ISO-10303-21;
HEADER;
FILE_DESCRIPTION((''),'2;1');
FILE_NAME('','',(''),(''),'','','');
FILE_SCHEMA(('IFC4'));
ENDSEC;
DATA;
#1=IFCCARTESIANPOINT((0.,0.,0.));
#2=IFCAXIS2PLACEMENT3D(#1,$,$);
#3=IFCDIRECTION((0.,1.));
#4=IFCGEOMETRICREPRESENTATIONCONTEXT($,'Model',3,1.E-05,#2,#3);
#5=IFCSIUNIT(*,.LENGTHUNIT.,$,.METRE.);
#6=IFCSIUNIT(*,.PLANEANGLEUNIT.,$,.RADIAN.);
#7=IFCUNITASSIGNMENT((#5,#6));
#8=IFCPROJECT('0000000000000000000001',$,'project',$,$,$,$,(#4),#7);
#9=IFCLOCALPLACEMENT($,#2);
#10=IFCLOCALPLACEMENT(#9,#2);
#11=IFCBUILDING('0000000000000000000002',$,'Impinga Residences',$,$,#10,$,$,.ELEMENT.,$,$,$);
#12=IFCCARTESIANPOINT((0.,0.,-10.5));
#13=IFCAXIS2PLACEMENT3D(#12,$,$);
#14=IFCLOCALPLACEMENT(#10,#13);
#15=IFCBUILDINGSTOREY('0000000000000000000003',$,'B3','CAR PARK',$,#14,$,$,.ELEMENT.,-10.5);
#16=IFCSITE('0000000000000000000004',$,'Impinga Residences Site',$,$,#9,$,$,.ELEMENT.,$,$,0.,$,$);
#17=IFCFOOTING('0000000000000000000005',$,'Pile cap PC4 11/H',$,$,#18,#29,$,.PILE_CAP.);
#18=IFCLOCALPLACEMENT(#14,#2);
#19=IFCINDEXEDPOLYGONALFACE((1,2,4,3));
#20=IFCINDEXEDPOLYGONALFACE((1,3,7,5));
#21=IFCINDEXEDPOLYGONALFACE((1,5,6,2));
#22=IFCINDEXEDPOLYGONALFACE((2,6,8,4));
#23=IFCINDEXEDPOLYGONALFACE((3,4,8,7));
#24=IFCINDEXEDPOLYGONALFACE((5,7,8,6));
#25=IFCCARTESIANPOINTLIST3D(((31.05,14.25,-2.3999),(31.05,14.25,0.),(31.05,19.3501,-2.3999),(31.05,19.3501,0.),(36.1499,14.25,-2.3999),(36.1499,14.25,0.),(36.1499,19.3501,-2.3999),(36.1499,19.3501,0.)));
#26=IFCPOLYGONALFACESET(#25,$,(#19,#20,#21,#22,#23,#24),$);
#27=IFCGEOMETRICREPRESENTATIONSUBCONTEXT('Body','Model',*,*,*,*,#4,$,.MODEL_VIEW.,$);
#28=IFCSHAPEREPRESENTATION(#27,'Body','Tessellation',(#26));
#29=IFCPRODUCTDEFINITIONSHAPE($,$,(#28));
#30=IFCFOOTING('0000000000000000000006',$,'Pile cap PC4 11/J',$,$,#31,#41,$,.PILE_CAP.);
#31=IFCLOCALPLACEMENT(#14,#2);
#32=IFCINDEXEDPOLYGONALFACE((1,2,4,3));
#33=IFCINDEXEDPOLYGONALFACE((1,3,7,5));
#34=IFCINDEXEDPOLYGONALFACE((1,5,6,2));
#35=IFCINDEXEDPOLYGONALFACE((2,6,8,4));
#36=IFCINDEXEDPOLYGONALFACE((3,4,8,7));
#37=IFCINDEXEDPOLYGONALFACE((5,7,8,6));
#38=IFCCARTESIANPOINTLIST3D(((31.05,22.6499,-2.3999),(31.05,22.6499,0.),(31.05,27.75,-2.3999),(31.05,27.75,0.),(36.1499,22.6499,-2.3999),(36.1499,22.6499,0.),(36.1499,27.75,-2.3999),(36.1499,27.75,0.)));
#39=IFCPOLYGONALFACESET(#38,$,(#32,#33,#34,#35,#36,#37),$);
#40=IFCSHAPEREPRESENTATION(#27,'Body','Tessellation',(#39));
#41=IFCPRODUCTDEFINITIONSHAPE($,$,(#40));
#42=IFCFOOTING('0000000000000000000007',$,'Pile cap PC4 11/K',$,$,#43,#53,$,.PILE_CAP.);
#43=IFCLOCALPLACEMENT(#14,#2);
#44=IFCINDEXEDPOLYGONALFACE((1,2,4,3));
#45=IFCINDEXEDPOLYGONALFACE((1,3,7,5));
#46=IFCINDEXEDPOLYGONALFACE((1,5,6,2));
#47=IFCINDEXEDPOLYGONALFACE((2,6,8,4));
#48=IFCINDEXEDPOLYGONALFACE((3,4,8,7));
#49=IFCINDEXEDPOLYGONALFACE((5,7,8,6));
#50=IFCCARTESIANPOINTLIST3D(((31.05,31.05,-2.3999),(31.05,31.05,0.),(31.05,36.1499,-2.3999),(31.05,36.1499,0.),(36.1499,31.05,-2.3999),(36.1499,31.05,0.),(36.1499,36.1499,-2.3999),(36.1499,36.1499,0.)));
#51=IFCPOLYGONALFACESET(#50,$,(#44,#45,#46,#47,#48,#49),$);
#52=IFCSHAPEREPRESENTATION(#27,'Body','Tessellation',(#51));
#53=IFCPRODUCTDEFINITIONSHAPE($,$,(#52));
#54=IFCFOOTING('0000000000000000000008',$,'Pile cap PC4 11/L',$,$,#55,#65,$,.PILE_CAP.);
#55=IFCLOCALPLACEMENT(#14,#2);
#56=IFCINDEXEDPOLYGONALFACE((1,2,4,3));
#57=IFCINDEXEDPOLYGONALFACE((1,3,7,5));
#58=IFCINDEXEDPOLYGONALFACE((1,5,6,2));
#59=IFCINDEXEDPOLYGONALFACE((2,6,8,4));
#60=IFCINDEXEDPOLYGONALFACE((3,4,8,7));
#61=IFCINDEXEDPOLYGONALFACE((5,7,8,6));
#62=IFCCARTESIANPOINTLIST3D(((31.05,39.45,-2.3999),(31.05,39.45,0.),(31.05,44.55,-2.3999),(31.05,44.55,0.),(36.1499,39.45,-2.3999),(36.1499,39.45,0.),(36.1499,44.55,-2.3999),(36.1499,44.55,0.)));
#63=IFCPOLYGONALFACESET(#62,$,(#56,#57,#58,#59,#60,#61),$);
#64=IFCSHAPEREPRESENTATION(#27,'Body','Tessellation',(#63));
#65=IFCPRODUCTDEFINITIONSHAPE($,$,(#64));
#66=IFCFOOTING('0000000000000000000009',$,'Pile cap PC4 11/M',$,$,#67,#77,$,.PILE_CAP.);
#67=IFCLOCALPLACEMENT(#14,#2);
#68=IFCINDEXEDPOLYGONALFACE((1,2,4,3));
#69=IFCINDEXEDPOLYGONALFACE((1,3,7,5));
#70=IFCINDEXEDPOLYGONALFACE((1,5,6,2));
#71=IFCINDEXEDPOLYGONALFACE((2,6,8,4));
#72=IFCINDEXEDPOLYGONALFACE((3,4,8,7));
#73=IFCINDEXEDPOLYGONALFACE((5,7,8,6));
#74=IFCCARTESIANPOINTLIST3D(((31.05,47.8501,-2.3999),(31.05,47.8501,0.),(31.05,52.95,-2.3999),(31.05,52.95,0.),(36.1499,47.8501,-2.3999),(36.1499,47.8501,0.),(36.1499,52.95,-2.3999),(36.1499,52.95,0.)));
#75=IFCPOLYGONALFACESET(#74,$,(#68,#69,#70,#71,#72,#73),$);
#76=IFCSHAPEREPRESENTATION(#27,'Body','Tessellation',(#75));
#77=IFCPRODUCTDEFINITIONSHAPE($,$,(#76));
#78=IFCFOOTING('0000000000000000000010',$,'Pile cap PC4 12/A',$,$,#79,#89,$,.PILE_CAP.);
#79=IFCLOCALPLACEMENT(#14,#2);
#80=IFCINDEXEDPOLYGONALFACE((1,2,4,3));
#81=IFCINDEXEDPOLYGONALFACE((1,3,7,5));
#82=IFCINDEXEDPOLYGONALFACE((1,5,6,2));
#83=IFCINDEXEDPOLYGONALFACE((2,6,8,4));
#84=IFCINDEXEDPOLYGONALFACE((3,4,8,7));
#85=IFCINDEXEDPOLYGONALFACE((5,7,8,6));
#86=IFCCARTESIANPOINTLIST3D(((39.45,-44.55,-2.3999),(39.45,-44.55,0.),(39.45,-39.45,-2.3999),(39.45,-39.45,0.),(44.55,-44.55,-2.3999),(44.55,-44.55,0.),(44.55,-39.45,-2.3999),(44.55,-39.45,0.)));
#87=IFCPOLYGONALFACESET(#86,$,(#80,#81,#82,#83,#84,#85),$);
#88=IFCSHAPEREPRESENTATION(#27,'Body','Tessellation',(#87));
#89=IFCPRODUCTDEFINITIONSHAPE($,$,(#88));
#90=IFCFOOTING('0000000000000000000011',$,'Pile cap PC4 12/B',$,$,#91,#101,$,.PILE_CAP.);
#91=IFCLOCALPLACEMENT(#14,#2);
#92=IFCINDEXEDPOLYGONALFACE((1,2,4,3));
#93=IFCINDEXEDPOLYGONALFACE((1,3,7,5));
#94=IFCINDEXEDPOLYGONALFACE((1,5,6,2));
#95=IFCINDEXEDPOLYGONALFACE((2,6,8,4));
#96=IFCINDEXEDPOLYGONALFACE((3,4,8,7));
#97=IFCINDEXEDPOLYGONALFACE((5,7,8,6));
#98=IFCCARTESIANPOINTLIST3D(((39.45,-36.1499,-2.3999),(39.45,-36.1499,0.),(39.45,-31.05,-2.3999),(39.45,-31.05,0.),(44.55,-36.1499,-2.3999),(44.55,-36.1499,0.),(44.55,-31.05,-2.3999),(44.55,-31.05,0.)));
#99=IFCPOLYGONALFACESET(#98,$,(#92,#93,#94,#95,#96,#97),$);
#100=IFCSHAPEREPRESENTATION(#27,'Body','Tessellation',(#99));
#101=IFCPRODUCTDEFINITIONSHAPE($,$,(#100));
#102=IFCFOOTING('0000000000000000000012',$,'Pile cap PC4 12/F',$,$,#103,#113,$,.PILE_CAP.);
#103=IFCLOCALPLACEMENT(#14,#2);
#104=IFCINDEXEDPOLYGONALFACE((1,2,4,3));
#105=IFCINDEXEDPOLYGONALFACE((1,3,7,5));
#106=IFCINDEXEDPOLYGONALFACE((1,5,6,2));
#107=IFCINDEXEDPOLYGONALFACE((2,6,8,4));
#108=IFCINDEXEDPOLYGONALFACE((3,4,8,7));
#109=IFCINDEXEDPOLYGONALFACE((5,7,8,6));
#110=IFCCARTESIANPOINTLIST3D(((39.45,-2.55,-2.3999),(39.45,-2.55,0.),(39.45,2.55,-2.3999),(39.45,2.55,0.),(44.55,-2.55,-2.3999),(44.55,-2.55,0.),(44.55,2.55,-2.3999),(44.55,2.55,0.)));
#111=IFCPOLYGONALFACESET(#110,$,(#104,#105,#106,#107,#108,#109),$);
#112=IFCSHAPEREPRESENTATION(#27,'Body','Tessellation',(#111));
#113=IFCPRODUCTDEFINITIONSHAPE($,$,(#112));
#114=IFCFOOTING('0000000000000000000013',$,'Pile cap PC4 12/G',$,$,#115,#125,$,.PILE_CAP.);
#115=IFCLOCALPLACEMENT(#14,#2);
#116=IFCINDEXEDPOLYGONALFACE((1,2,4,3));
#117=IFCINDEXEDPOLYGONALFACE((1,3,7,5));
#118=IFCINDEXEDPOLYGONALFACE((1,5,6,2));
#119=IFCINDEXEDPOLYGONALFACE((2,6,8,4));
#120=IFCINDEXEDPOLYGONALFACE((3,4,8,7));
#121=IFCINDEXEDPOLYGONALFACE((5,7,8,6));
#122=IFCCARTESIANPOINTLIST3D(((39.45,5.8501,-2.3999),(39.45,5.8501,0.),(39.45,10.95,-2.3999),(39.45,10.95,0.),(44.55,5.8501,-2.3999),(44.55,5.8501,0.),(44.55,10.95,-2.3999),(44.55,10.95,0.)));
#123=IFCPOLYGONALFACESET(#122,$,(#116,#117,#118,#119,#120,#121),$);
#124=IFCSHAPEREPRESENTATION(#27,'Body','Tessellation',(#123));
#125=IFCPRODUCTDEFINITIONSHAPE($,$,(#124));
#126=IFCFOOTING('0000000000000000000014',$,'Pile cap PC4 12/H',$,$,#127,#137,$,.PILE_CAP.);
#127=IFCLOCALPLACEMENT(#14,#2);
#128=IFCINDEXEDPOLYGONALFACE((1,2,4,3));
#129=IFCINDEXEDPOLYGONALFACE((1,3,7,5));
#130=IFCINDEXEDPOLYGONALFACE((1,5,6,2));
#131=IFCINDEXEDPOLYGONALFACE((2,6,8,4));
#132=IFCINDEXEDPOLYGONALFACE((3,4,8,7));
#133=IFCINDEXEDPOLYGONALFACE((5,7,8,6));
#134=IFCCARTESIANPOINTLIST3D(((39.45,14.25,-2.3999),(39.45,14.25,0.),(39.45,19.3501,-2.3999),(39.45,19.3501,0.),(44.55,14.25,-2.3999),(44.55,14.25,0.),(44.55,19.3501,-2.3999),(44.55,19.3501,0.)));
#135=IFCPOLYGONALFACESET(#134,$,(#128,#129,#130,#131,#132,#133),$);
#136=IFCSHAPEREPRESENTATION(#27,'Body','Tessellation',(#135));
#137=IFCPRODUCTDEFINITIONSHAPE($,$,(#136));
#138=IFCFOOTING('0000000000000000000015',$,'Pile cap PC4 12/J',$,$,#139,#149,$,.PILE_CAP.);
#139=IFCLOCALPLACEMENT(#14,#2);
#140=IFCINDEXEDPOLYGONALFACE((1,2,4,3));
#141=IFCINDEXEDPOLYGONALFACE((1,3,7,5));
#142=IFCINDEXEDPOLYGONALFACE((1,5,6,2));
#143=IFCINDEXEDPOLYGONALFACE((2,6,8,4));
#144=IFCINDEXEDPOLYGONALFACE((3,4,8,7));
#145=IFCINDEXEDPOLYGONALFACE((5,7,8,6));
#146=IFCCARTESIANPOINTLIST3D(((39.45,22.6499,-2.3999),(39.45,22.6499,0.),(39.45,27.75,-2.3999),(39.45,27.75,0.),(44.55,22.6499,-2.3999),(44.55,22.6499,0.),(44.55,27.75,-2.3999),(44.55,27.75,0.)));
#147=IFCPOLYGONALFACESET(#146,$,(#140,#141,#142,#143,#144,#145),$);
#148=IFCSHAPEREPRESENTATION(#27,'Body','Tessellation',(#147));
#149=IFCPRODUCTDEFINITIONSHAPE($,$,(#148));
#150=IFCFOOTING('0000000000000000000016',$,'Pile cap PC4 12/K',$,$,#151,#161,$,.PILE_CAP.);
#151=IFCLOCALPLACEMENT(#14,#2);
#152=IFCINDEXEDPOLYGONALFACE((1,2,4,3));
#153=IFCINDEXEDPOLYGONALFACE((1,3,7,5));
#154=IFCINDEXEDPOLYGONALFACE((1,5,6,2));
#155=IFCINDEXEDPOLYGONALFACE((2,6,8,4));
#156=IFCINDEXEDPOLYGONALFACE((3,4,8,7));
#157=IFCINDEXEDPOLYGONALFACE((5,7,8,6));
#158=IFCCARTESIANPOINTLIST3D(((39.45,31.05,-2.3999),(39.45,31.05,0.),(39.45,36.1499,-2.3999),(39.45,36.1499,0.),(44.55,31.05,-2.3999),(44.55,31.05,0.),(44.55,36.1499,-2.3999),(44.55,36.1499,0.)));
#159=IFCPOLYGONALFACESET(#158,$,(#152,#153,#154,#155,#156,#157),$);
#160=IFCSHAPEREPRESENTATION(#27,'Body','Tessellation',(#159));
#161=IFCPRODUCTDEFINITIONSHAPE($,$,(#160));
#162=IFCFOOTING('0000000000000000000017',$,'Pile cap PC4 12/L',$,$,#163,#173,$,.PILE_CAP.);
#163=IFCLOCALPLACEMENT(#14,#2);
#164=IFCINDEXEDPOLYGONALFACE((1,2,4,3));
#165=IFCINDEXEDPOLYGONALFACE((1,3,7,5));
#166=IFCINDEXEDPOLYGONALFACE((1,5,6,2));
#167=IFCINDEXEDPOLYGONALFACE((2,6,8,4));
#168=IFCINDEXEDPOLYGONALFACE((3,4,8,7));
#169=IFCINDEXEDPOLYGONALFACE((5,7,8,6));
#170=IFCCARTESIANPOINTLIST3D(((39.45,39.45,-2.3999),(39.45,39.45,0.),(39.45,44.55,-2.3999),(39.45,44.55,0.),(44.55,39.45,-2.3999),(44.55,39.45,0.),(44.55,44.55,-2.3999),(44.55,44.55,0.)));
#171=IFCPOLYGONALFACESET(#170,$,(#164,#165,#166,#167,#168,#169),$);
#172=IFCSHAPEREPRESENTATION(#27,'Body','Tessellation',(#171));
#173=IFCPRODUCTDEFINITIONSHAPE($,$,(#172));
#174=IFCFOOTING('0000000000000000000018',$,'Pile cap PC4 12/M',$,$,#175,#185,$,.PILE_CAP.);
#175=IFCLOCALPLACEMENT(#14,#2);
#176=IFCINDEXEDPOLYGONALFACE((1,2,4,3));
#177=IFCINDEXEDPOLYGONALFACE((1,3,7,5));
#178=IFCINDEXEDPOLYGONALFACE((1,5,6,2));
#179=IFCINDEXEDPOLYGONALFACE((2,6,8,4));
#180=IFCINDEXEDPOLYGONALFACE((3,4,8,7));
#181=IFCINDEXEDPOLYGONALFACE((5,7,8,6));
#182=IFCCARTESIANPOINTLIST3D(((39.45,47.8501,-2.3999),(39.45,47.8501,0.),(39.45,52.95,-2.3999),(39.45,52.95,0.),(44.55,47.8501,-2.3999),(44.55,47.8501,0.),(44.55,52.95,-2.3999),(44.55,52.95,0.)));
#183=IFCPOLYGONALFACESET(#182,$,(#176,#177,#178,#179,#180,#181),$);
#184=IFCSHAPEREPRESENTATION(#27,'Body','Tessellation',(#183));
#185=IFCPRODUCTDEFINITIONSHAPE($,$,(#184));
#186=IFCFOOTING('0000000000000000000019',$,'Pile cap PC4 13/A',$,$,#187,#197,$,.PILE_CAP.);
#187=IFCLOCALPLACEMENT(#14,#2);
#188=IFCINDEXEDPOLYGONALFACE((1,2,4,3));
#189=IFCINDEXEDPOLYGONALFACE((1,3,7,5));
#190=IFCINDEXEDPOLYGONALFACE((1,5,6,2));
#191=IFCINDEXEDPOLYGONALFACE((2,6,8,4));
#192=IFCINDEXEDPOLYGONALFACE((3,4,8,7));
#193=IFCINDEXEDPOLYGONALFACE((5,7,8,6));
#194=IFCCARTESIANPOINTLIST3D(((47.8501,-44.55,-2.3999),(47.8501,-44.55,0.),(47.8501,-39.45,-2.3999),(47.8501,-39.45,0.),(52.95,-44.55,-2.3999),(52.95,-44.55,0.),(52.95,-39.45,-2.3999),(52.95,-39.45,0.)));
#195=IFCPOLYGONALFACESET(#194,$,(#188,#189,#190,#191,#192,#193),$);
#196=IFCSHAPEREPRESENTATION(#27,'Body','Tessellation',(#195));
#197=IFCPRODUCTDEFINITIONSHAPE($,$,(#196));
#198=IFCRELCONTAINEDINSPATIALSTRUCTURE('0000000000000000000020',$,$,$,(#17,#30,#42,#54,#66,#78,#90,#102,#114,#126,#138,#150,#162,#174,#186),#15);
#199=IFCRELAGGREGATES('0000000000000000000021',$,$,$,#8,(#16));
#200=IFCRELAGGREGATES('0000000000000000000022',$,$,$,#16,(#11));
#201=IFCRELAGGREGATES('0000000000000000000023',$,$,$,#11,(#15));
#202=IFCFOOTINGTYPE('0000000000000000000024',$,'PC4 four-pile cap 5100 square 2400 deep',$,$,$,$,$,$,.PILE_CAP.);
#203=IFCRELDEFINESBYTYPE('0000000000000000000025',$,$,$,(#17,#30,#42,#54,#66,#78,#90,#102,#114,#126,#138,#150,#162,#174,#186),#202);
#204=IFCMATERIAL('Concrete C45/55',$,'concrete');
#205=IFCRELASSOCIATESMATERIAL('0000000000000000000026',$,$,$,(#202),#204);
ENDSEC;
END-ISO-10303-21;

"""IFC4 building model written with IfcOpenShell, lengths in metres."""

from ifc_helpers import new_model, si_unit, direction, frame, origin, place, context, subcontext, project, spatial, polyline, outline, extrude, material, type_object, element, save


model = new_model("IFC4")

# Units and contexts
model_context = context("Model", 3, precision=1e-05, world=origin(), true_north=direction((0.0, 1.0)))
body_context = subcontext(model_context, "Body", "Model", "MODEL_VIEW")
ifc_project = project(units=[si_unit("LENGTHUNIT", "METRE"), si_unit("PLANEANGLEUNIT", "RADIAN")], contexts=[model_context])

# Site, building, storey
site_placement = place(None, origin())
site = spatial("IfcSite", under=ifc_project, at=site_placement, Name="Impinga Residences Site", CompositionType="ELEMENT", RefElevation=0.0)
building_placement = place(site_placement, origin())
building = spatial("IfcBuilding", under=site, at=building_placement, Name="Impinga Residences", CompositionType="ELEMENT")
storey_placement = place(building_placement, frame((0.0, 0.0, -10.5)))
storey = spatial("IfcBuildingStorey", under=building, at=storey_placement, Name="B3", Description="CAR PARK", CompositionType="ELEMENT", Elevation=-10.5)

# Footings
ifc_material = material(Name="Concrete C45/55", Category="concrete")
footing_type_1 = type_object("IfcFootingType", Name="PC4 four-pile cap 5100 square 2400 deep", PredefinedType="PILE_CAP", material=ifc_material)
footing_1_placement = place(storey_placement, frame((0.0, 0.0, -2.3999)))
element("IfcFooting", 1, at=footing_1_placement, inside=storey, type_object=footing_type_1, Name="Pile cap PC4 11/H", PredefinedType="PILE_CAP", context=body_context, shape_type="SweptSolid", body=[
    extrude(outline(polyline([(36.1499, 14.25), (36.1499, 19.3501), (31.05, 19.3501), (31.05, 14.25), (36.1499, 14.25)])), origin(), (0.0, 0.0, 1.0), 2.3999),
])
footing_2_placement = place(storey_placement, frame((0.0, 0.0, -2.3999)))
element("IfcFooting", 2, at=footing_2_placement, inside=storey, type_object=footing_type_1, Name="Pile cap PC4 11/J", PredefinedType="PILE_CAP", context=body_context, shape_type="SweptSolid", body=[
    extrude(outline(polyline([(36.1499, 22.6499), (36.1499, 27.75), (31.05, 27.75), (31.05, 22.6499), (36.1499, 22.6499)])), origin(), (0.0, 0.0, 1.0), 2.3999),
])
footing_3_placement = place(storey_placement, frame((0.0, 0.0, -2.3999)))
element("IfcFooting", 3, at=footing_3_placement, inside=storey, type_object=footing_type_1, Name="Pile cap PC4 11/K", PredefinedType="PILE_CAP", context=body_context, shape_type="SweptSolid", body=[
    extrude(outline(polyline([(36.1499, 31.05), (36.1499, 36.1499), (31.05, 36.1499), (31.05, 31.05), (36.1499, 31.05)])), origin(), (0.0, 0.0, 1.0), 2.3999),
])
footing_4_placement = place(storey_placement, frame((0.0, 0.0, -2.3999)))
element("IfcFooting", 4, at=footing_4_placement, inside=storey, type_object=footing_type_1, Name="Pile cap PC4 11/L", PredefinedType="PILE_CAP", context=body_context, shape_type="SweptSolid", body=[
    extrude(outline(polyline([(36.1499, 39.45), (36.1499, 44.55), (31.05, 44.55), (31.05, 39.45), (36.1499, 39.45)])), origin(), (0.0, 0.0, 1.0), 2.3999),
])
footing_5_placement = place(storey_placement, frame((0.0, 0.0, -2.3999)))
element("IfcFooting", 5, at=footing_5_placement, inside=storey, type_object=footing_type_1, Name="Pile cap PC4 11/M", PredefinedType="PILE_CAP", context=body_context, shape_type="SweptSolid", body=[
    extrude(outline(polyline([(36.1499, 47.8501), (36.1499, 52.95), (31.05, 52.95), (31.05, 47.8501), (36.1499, 47.8501)])), origin(), (0.0, 0.0, 1.0), 2.3999),
])
footing_6_placement = place(storey_placement, frame((0.0, 0.0, -2.3999)))
element("IfcFooting", 6, at=footing_6_placement, inside=storey, type_object=footing_type_1, Name="Pile cap PC4 12/A", PredefinedType="PILE_CAP", context=body_context, shape_type="SweptSolid", body=[
    extrude(outline(polyline([(44.55, -44.55), (44.55, -39.45), (39.45, -39.45), (39.45, -44.55), (44.55, -44.55)])), origin(), (0.0, 0.0, 1.0), 2.3999),
])
footing_7_placement = place(storey_placement, frame((0.0, 0.0, -2.3999)))
element("IfcFooting", 7, at=footing_7_placement, inside=storey, type_object=footing_type_1, Name="Pile cap PC4 12/B", PredefinedType="PILE_CAP", context=body_context, shape_type="SweptSolid", body=[
    extrude(outline(polyline([(44.55, -36.1499), (44.55, -31.05), (39.45, -31.05), (39.45, -36.1499), (44.55, -36.1499)])), origin(), (0.0, 0.0, 1.0), 2.3999),
])
footing_8_placement = place(storey_placement, frame((0.0, 0.0, -2.3999)))
element("IfcFooting", 8, at=footing_8_placement, inside=storey, type_object=footing_type_1, Name="Pile cap PC4 12/F", PredefinedType="PILE_CAP", context=body_context, shape_type="SweptSolid", body=[
    extrude(outline(polyline([(44.55, -2.55), (44.55, 2.55), (39.45, 2.55), (39.45, -2.55), (44.55, -2.55)])), origin(), (0.0, 0.0, 1.0), 2.3999),
])
footing_9_placement = place(storey_placement, frame((0.0, 0.0, -2.3999)))
element("IfcFooting", 9, at=footing_9_placement, inside=storey, type_object=footing_type_1, Name="Pile cap PC4 12/G", PredefinedType="PILE_CAP", context=body_context, shape_type="SweptSolid", body=[
    extrude(outline(polyline([(44.55, 5.8501), (44.55, 10.95), (39.45, 10.95), (39.45, 5.8501), (44.55, 5.8501)])), origin(), (0.0, 0.0, 1.0), 2.3999),
])
footing_10_placement = place(storey_placement, frame((0.0, 0.0, -2.3999)))
element("IfcFooting", 10, at=footing_10_placement, inside=storey, type_object=footing_type_1, Name="Pile cap PC4 12/H", PredefinedType="PILE_CAP", context=body_context, shape_type="SweptSolid", body=[
    extrude(outline(polyline([(44.55, 14.25), (44.55, 19.3501), (39.45, 19.3501), (39.45, 14.25), (44.55, 14.25)])), origin(), (0.0, 0.0, 1.0), 2.3999),
])
footing_11_placement = place(storey_placement, frame((0.0, 0.0, -2.3999)))
element("IfcFooting", 11, at=footing_11_placement, inside=storey, type_object=footing_type_1, Name="Pile cap PC4 12/J", PredefinedType="PILE_CAP", context=body_context, shape_type="SweptSolid", body=[
    extrude(outline(polyline([(44.55, 22.6499), (44.55, 27.75), (39.45, 27.75), (39.45, 22.6499), (44.55, 22.6499)])), origin(), (0.0, 0.0, 1.0), 2.3999),
])
footing_12_placement = place(storey_placement, frame((0.0, 0.0, -2.3999)))
element("IfcFooting", 12, at=footing_12_placement, inside=storey, type_object=footing_type_1, Name="Pile cap PC4 12/K", PredefinedType="PILE_CAP", context=body_context, shape_type="SweptSolid", body=[
    extrude(outline(polyline([(44.55, 31.05), (44.55, 36.1499), (39.45, 36.1499), (39.45, 31.05), (44.55, 31.05)])), origin(), (0.0, 0.0, 1.0), 2.3999),
])
footing_13_placement = place(storey_placement, frame((0.0, 0.0, -2.3999)))
element("IfcFooting", 13, at=footing_13_placement, inside=storey, type_object=footing_type_1, Name="Pile cap PC4 12/L", PredefinedType="PILE_CAP", context=body_context, shape_type="SweptSolid", body=[
    extrude(outline(polyline([(44.55, 39.45), (44.55, 44.55), (39.45, 44.55), (39.45, 39.45), (44.55, 39.45)])), origin(), (0.0, 0.0, 1.0), 2.3999),
])
footing_14_placement = place(storey_placement, frame((0.0, 0.0, -2.3999)))
element("IfcFooting", 14, at=footing_14_placement, inside=storey, type_object=footing_type_1, Name="Pile cap PC4 12/M", PredefinedType="PILE_CAP", context=body_context, shape_type="SweptSolid", body=[
    extrude(outline(polyline([(44.55, 47.8501), (44.55, 52.95), (39.45, 52.95), (39.45, 47.8501), (44.55, 47.8501)])), origin(), (0.0, 0.0, 1.0), 2.3999),
])
footing_15_placement = place(storey_placement, frame((0.0, 0.0, -2.3999)))
element("IfcFooting", 15, at=footing_15_placement, inside=storey, type_object=footing_type_1, Name="Pile cap PC4 13/A", PredefinedType="PILE_CAP", context=body_context, shape_type="SweptSolid", body=[
    extrude(outline(polyline([(52.95, -44.55), (52.95, -39.45), (47.8501, -39.45), (47.8501, -44.55), (52.95, -44.55)])), origin(), (0.0, 0.0, 1.0), 2.3999),
])

save(model, "model.ifc")
